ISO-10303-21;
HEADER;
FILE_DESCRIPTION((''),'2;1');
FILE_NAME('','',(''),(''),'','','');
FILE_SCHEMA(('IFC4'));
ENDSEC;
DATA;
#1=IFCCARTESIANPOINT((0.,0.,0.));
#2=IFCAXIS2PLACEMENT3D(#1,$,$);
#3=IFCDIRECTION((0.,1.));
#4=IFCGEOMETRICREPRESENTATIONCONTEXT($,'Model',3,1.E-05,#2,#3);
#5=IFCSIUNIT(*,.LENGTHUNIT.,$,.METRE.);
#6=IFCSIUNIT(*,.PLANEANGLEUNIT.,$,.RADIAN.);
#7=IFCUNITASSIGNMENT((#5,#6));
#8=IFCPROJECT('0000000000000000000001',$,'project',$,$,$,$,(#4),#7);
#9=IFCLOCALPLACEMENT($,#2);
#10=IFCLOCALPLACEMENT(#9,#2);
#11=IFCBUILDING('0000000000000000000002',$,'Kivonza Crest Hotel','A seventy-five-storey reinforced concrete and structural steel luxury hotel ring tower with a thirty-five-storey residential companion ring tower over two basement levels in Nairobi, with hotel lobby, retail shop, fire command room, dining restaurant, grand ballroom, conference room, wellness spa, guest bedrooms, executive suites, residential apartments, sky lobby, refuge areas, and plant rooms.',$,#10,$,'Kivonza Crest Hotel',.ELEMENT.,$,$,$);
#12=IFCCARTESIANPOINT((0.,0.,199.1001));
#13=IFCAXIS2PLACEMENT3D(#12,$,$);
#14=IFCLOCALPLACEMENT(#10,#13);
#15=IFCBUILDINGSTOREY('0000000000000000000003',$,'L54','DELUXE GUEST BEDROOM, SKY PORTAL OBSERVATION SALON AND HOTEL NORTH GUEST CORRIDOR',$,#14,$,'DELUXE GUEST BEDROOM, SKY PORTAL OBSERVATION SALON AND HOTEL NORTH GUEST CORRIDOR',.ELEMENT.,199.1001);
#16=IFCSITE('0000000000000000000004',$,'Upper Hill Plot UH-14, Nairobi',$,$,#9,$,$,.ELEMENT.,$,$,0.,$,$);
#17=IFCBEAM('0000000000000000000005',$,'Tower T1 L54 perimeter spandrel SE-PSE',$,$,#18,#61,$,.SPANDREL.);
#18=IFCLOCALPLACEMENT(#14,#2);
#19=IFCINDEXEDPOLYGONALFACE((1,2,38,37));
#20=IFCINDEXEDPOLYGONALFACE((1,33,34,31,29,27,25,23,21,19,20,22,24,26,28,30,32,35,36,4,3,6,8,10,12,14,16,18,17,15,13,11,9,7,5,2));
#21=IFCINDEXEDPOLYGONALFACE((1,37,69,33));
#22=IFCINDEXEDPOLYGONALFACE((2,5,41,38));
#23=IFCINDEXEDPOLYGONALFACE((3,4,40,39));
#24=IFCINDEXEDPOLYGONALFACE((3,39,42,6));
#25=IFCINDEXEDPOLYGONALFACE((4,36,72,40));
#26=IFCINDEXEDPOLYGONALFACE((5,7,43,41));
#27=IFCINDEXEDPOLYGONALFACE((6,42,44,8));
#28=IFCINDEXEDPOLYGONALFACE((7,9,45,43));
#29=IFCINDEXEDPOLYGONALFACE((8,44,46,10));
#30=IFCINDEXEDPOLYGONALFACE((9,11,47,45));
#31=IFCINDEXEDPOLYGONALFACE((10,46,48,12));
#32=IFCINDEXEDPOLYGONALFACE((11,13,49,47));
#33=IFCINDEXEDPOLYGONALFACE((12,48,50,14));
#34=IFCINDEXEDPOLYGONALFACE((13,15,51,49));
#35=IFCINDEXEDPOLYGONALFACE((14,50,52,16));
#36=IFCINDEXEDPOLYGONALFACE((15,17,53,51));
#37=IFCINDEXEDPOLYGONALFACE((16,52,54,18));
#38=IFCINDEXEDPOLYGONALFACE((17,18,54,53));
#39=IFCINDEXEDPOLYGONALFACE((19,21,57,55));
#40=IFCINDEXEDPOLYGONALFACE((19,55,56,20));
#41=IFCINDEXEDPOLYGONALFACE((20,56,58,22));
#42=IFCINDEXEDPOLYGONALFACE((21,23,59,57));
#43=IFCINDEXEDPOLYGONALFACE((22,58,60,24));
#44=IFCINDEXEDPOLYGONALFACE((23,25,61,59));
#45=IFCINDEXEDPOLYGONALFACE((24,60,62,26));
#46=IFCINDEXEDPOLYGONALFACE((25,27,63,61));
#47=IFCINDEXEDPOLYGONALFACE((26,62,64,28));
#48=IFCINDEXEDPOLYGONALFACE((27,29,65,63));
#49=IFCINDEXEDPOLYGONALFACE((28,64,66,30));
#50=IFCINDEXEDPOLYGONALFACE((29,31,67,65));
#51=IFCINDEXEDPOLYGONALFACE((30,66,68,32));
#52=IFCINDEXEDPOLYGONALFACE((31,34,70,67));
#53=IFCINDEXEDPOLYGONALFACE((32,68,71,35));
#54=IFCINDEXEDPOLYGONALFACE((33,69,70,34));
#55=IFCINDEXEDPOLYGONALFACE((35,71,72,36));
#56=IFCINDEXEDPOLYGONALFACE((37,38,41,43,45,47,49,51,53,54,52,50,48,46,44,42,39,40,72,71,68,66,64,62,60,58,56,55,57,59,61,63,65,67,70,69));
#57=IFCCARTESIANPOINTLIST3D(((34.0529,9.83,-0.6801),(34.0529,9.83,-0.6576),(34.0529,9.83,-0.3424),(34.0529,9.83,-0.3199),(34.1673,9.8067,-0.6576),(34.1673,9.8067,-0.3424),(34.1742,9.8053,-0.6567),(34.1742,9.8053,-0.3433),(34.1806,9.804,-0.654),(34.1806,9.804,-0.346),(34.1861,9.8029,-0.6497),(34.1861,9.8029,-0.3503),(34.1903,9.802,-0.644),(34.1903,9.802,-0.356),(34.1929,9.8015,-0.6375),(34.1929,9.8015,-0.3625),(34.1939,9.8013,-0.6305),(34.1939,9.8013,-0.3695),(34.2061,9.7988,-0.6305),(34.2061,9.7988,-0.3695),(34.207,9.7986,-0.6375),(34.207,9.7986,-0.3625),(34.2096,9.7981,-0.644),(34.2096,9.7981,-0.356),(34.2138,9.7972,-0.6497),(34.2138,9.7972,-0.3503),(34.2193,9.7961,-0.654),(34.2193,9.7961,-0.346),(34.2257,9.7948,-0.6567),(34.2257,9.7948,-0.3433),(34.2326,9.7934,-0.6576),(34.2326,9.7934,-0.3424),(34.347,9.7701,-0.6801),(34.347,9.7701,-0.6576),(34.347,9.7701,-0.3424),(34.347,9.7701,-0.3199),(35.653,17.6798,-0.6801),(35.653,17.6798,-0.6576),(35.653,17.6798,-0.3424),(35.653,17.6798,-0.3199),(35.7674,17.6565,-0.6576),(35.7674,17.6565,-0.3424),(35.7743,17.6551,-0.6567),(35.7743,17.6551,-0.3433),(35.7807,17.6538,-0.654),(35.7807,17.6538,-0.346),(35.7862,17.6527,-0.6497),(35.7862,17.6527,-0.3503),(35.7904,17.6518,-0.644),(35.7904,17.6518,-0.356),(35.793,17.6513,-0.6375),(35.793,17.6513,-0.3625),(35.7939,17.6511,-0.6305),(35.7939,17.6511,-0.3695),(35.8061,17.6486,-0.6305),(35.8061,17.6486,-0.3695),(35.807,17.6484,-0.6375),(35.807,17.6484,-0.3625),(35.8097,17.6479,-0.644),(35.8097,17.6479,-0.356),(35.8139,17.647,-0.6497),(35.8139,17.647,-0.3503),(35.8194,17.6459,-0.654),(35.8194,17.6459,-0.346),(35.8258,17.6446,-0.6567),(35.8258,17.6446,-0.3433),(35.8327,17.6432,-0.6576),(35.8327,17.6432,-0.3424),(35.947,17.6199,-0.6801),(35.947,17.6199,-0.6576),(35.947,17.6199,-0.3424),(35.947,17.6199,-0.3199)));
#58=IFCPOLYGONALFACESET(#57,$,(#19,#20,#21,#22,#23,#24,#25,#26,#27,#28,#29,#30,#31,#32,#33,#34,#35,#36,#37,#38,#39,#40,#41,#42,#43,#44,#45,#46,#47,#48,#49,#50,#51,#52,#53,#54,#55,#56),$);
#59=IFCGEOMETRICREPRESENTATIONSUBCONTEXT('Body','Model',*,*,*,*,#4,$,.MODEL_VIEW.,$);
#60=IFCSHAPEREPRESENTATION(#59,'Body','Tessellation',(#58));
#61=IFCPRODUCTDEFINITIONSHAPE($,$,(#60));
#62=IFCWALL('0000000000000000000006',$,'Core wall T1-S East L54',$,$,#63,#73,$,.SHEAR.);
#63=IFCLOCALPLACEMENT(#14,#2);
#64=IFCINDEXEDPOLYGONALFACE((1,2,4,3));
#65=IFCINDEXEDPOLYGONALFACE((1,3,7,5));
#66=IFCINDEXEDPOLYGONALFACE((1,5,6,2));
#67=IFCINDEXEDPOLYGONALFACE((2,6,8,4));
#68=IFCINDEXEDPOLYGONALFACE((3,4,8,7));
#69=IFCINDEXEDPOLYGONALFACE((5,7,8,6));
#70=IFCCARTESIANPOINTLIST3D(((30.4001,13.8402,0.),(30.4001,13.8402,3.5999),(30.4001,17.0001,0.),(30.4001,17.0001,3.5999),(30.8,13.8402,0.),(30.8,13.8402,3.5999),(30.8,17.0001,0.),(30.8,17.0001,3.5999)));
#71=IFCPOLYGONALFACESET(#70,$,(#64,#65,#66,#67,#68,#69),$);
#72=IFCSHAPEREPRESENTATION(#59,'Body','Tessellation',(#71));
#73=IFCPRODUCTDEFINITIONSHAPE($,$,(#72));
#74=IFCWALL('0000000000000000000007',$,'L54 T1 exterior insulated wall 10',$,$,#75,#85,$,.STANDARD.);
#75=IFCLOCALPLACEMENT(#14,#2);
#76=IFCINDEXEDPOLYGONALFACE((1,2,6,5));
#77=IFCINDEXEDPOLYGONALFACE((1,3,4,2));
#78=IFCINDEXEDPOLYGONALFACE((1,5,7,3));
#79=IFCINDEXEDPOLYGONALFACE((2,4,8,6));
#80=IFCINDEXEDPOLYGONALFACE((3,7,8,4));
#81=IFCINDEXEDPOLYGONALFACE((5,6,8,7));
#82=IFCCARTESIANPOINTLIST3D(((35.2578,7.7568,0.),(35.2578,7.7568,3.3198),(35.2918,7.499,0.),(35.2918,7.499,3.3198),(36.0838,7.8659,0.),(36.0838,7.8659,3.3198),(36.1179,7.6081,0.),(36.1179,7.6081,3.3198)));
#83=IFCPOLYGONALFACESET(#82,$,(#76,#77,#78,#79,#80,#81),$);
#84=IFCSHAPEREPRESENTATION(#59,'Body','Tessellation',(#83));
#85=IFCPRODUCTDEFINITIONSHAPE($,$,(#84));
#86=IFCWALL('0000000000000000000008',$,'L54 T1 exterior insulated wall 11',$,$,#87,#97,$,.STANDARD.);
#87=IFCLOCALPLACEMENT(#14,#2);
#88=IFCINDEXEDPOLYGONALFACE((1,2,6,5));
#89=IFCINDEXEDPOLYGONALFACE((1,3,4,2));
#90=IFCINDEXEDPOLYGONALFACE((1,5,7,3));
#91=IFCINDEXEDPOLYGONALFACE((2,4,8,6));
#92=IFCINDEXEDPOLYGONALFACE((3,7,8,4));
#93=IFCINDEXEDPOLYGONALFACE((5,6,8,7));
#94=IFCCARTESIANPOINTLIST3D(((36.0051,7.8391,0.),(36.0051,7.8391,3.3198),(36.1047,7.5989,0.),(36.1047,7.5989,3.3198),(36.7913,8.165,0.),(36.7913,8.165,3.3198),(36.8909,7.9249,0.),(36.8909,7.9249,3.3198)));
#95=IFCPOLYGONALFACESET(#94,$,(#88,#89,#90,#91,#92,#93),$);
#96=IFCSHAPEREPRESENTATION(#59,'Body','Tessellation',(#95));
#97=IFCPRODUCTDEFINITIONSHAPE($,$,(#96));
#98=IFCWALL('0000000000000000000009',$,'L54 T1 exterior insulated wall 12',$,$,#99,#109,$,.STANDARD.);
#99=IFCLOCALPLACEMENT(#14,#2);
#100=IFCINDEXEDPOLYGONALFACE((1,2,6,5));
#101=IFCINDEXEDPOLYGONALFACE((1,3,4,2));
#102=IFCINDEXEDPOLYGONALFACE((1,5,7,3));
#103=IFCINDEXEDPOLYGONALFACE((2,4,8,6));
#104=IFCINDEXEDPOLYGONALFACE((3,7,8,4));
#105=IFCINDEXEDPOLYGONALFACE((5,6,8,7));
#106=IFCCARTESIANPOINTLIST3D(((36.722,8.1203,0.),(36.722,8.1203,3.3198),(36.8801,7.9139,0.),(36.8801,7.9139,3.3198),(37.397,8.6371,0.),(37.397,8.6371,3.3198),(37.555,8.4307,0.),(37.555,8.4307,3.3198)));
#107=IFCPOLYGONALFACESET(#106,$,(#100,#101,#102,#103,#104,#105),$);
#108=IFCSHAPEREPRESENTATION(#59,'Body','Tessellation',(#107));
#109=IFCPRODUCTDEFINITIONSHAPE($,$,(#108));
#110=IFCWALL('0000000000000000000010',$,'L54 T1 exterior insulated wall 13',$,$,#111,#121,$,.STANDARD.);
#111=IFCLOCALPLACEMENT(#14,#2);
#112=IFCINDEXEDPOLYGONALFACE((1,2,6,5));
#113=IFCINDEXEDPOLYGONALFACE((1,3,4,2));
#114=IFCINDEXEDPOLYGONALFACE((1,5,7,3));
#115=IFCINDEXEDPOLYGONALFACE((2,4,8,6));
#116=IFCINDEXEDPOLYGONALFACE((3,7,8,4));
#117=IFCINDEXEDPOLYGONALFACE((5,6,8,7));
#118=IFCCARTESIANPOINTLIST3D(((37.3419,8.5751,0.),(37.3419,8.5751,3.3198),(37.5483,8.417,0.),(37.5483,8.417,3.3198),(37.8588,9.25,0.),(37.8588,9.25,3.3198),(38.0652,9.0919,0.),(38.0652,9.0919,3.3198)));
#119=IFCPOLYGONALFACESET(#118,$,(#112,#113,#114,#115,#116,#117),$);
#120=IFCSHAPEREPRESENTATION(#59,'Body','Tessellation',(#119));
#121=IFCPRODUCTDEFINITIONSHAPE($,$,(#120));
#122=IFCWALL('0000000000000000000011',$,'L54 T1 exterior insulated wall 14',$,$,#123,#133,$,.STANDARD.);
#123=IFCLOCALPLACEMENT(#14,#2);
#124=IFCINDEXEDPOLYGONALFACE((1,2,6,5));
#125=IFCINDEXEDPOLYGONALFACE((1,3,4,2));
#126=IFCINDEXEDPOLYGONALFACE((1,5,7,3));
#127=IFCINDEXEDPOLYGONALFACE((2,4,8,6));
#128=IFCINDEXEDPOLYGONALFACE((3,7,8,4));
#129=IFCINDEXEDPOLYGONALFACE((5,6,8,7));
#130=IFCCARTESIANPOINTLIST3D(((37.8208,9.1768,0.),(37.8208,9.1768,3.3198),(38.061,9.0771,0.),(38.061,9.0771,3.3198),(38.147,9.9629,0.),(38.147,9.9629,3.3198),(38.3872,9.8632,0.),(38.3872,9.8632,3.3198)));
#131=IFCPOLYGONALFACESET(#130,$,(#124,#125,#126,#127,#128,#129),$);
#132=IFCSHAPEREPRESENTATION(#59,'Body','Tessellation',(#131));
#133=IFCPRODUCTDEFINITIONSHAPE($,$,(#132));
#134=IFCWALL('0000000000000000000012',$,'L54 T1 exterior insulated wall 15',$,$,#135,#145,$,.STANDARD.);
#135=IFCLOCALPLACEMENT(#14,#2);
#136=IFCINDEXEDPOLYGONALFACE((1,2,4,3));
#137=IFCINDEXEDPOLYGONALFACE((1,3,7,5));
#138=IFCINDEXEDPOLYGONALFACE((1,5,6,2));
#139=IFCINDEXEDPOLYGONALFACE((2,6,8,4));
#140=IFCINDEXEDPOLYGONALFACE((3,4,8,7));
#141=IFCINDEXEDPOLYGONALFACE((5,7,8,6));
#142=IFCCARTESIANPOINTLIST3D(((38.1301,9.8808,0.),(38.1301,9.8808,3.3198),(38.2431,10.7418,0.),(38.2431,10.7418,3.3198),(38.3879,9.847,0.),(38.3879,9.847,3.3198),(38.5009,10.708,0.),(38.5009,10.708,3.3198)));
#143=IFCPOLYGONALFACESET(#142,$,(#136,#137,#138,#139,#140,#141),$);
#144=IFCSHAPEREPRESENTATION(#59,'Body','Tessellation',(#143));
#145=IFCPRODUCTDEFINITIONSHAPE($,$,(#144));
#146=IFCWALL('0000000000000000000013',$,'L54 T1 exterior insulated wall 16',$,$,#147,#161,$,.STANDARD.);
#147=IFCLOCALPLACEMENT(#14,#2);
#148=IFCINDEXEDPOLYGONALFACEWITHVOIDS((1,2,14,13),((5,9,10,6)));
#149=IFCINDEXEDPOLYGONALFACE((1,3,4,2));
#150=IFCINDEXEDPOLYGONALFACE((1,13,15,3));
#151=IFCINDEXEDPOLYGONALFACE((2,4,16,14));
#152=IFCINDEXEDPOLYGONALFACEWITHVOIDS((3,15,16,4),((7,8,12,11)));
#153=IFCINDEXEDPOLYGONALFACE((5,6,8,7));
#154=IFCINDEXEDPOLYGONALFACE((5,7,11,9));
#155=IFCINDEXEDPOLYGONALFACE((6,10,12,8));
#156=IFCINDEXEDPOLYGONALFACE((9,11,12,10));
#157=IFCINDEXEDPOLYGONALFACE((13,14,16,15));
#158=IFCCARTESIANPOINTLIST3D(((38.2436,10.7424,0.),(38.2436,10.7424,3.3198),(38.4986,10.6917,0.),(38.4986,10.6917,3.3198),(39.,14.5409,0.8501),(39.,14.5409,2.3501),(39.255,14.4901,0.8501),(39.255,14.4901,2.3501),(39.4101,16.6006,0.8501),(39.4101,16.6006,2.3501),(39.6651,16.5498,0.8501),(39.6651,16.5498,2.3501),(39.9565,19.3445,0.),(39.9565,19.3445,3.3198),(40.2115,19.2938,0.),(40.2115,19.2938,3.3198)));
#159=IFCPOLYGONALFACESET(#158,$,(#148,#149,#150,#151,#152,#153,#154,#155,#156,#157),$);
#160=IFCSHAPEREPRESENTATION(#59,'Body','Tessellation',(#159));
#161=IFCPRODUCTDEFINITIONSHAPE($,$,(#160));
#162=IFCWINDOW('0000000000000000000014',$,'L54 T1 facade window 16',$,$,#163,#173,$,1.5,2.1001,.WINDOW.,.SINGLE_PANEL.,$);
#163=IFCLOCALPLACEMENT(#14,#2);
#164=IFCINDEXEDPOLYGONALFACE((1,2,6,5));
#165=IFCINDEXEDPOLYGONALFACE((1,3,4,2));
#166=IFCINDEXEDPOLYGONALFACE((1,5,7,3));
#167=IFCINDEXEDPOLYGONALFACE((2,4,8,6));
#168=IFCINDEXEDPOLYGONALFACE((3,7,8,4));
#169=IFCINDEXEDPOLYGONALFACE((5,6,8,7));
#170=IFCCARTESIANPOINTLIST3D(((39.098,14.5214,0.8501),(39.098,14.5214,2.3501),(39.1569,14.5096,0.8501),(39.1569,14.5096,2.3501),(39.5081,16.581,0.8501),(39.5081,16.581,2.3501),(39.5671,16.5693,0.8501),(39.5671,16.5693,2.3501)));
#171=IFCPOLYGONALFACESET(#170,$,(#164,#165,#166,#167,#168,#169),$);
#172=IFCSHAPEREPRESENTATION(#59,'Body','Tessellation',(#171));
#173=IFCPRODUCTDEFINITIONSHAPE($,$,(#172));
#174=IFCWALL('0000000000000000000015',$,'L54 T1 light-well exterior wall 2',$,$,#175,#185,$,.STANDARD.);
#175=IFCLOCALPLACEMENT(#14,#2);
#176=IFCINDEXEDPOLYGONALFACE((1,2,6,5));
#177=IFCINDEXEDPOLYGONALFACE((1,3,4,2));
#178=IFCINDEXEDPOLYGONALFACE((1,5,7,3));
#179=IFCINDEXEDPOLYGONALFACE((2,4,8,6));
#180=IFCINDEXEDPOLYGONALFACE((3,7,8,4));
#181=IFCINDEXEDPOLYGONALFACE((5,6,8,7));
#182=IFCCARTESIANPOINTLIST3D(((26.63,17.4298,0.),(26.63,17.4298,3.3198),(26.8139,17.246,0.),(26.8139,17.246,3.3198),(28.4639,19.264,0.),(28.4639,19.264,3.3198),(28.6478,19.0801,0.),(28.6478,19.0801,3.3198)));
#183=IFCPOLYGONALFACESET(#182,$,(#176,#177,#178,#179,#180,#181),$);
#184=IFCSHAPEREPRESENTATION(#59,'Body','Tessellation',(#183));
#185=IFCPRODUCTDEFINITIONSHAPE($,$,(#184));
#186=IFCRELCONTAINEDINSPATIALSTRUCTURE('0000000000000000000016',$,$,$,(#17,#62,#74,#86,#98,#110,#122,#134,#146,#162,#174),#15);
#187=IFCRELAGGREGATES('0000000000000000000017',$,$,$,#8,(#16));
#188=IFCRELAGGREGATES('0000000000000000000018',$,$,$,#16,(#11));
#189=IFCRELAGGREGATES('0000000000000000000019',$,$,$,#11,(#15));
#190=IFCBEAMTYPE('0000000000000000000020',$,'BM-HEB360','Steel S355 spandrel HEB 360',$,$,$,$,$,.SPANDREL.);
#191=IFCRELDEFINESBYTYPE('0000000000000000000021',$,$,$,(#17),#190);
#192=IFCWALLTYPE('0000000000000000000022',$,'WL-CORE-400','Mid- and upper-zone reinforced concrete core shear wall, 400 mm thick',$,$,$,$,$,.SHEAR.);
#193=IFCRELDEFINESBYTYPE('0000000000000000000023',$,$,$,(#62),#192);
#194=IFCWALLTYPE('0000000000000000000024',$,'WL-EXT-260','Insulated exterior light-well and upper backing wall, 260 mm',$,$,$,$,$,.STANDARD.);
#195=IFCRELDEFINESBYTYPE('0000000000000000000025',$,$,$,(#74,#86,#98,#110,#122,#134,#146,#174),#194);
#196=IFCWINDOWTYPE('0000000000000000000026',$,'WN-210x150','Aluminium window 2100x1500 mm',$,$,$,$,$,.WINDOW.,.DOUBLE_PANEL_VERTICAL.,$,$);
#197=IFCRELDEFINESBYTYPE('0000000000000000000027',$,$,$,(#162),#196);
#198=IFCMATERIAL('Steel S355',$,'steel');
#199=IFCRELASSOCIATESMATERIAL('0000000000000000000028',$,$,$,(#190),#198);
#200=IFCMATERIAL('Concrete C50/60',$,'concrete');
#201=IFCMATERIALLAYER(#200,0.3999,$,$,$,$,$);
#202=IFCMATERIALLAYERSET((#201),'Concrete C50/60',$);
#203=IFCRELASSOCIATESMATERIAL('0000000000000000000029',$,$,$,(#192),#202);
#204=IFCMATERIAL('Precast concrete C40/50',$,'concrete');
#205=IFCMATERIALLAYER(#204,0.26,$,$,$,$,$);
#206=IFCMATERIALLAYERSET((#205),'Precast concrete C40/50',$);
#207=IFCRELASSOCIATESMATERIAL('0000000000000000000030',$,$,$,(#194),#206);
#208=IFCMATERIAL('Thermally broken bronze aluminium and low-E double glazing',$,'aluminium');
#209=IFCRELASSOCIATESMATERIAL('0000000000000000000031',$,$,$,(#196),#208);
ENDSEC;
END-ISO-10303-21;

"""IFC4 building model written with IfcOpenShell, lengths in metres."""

from ifc_helpers import new_model, si_unit, direction, frame, frame_2d, origin, origin_2d, place, context, subcontext, project, spatial, rectangle, i_section, extrude, material, layer, layer_set, material_profile, profile_set, type_object, element, fill, save


model = new_model("IFC4")

# Units and contexts
model_context = context("Model", 3, precision=1e-05, world=origin(), true_north=direction((0.0, 1.0)))
body_context = subcontext(model_context, "Body", "Model", "MODEL_VIEW")
ifc_project = project(units=[si_unit("LENGTHUNIT", "METRE"), si_unit("PLANEANGLEUNIT", "RADIAN")], contexts=[model_context])

# Site, building, storey
site_placement = place(None, origin())
site = spatial("IfcSite", under=ifc_project, at=site_placement, Name="Upper Hill Plot UH-14, Nairobi", CompositionType="ELEMENT", RefElevation=0.0)
building_placement = place(site_placement, origin())
building = spatial("IfcBuilding", under=site, at=building_placement, Name="Kivonza Crest Hotel", Description="A seventy-five-storey reinforced concrete and structural steel luxury hotel ring tower with a thirty-five-storey residential companion ring tower over two basement levels in Nairobi, with hotel lobby, retail shop, fire command room, dining restaurant, grand ballroom, conference room, wellness spa, guest bedrooms, executive suites, residential apartments, sky lobby, refuge areas, and plant rooms.", LongName="Kivonza Crest Hotel", CompositionType="ELEMENT")
storey_placement = place(building_placement, frame((0.0, 0.0, 199.1001)))
storey = spatial("IfcBuildingStorey", under=building, at=storey_placement, Name="L54", Description="DELUXE GUEST BEDROOM, SKY PORTAL OBSERVATION SALON AND HOTEL NORTH GUEST CORRIDOR", LongName="DELUXE GUEST BEDROOM, SKY PORTAL OBSERVATION SALON AND HOTEL NORTH GUEST CORRIDOR", CompositionType="ELEMENT", Elevation=199.1001)

# Shared definitions
ifc_material_1 = material(Name="Steel S355", Category="steel")

# Beam
ifc_material_profile_1 = material_profile(ifc_material_1, i_section(OverallWidth=0.3, OverallDepth=0.3601, WebThickness=0.0125, FlangeThickness=0.0225, FilletRadius=0.0271, at=origin_2d()), Name="HEB 360")
ifc_profile_set_1 = profile_set([ifc_material_profile_1], Name="Steel S355")
beam_type_1 = type_object("IfcBeamType", Name="BM-HEB360", Description="Steel S355 spandrel HEB 360", PredefinedType="SPANDREL", material=ifc_profile_set_1)
beam_1_placement = place(storey_placement, frame((34.2, 9.8, -0.5), z_axis=(0.199731, 0.979851, 0.0), x_axis=(-0.979851, 0.199731, 0.0)))
element("IfcBeam", 1, at=beam_1_placement, inside=storey, type_object=beam_type_1, Name="Tower T1 L54 perimeter spandrel SE-PSE", PredefinedType="SPANDREL", context=body_context, shape_type="SweptSolid", body=[
    extrude(i_section(OverallWidth=0.3, OverallDepth=0.3601, WebThickness=0.0125, FlangeThickness=0.0225, FilletRadius=0.0271, at=origin_2d()), origin(), (0.0, 0.0, 1.0), 8.0112),
])

# Walls
ifc_material_2 = material(Name="Concrete C50/60", Category="concrete")
ifc_layer_1 = layer(ifc_material_2, 0.3999)
ifc_layer_set_1 = layer_set([ifc_layer_1], Name="Concrete C50/60")
wall_type_1 = type_object("IfcWallType", Name="WL-CORE-400", Description="Mid- and upper-zone reinforced concrete core shear wall, 400 mm thick", PredefinedType="SHEAR", material=ifc_layer_set_1)
wall_1_placement = place(storey_placement, frame((30.6001, 13.8401, 0.0), z_axis=(0.0, 0.0, 1.0), x_axis=(0.0, 1.0, 0.0)))
element("IfcWall", 2, at=wall_1_placement, inside=storey, type_object=wall_type_1, Name="Core wall T1-S East L54", PredefinedType="SHEAR", context=body_context, shape_type="SweptSolid", body=[
    extrude(rectangle(XDim=3.1599, YDim=0.3999, at=frame_2d((1.5801, 0.0))), origin(), (0.0, 0.0, 1.0), 3.5999),
])
ifc_material_3 = material(Name="Precast concrete C40/50", Category="concrete")
ifc_layer_2 = layer(ifc_material_3, 0.26)
ifc_layer_set_2 = layer_set([ifc_layer_2], Name="Precast concrete C40/50")
wall_type_2 = type_object("IfcWallType", Name="WL-EXT-260", Description="Insulated exterior light-well and upper backing wall, 260 mm", PredefinedType="STANDARD", material=ifc_layer_set_2)
wall_2_placement = place(storey_placement, frame((35.2749, 7.6279, 0.0), z_axis=(0.0, 0.0, 1.0), x_axis=(0.991388, 0.130955, 0.0)))
element("IfcWall", 3, at=wall_2_placement, inside=storey, type_object=wall_type_2, Name="L54 T1 exterior insulated wall 10", PredefinedType="STANDARD", context=body_context, shape_type="SweptSolid", body=[
    extrude(rectangle(XDim=0.8333, YDim=0.26, at=frame_2d((0.4165, 0.0))), origin(), (0.0, 0.0, 1.0), 3.3198),
])
wall_3_placement = place(storey_placement, frame((36.0549, 7.719, 0.0), z_axis=(0.0, 0.0, 1.0), x_axis=(0.923754, 0.382985, 0.0)))
element("IfcWall", 4, at=wall_3_placement, inside=storey, type_object=wall_type_2, Name="L54 T1 exterior insulated wall 11", PredefinedType="STANDARD", context=body_context, shape_type="SweptSolid", body=[
    extrude(rectangle(XDim=0.8511, YDim=0.26, at=frame_2d((0.4255, 0.0))), origin(), (0.0, 0.0, 1.0), 3.3198),
])
for number, where, z_axis, x_axis, name in (
    (5, (36.801, 8.0171, 0.0), (0.0, 0.0, 1.0), (0.793999, 0.607919, 0.0), "L54 T1 exterior insulated wall 12"),
    (6, (37.4451, 8.4961, 0.0), (0.0, 0.0, 1.0), (0.608058, 0.793893, 0.0), "L54 T1 exterior insulated wall 13"),
):
    element("IfcWall", number, at=place(storey_placement, frame(where, z_axis=z_axis, x_axis=x_axis)), inside=storey, type_object=wall_type_2, Name=name, PredefinedType="STANDARD", context=body_context, shape_type="SweptSolid", body=[
        extrude(rectangle(XDim=0.8501, YDim=0.26, at=frame_2d((0.425, 0.0))), origin(), (0.0, 0.0, 1.0), 3.3198),
    ])
wall_4_placement = place(storey_placement, frame((37.9409, 9.127, 0.0), z_axis=(0.0, 0.0, 1.0), x_axis=(0.38323, 0.923653, 0.0)))
element("IfcWall", 7, at=wall_4_placement, inside=storey, type_object=wall_type_2, Name="L54 T1 exterior insulated wall 14", PredefinedType="STANDARD", context=body_context, shape_type="SweptSolid", body=[
    extrude(rectangle(XDim=0.8511, YDim=0.26, at=frame_2d((0.4255, 0.0))), origin(), (0.0, 0.0, 1.0), 3.3198),
])
wall_5_placement = place(storey_placement, frame((38.259, 9.864, 0.0), z_axis=(0.0, 0.0, 1.0), x_axis=(0.130156, 0.991493, 0.0)))
element("IfcWall", 8, at=wall_5_placement, inside=storey, type_object=wall_type_2, Name="L54 T1 exterior insulated wall 15", PredefinedType="STANDARD", context=body_context, shape_type="SweptSolid", body=[
    extrude(rectangle(XDim=0.8684, YDim=0.26, at=frame_2d((0.4341, 0.0))), origin(), (0.0, 0.0, 1.0), 3.3198),
])

# Wall, opening, window
wall_6_placement = place(storey_placement, frame((38.3711, 10.717, 0.0), z_axis=(0.0, 0.0, 1.0), x_axis=(0.195292, 0.980745, 0.0)))
wall_6 = element("IfcWall", 9, at=wall_6_placement, inside=storey, type_object=wall_type_2, Name="L54 T1 exterior insulated wall 16", PredefinedType="STANDARD", context=body_context, shape_type="SweptSolid", body=[
    extrude(rectangle(XDim=8.771, YDim=0.26, at=frame_2d((4.3855, 0.0))), origin(), (0.0, 0.0, 1.0), 3.3198),
])
opening_placement = place(wall_6_placement, frame((3.873, 0.0, 0.8501)))
opening = element("IfcOpeningElement", 10, at=opening_placement, cuts=wall_6, PredefinedType="OPENING", context=body_context, shape_type="SweptSolid", body=[
    extrude(rectangle(XDim=2.1001, YDim=1.5, at=frame_2d((1.05, 0.75))), frame((0.0, 0.1401, 0.0), z_axis=(0.0, -1.0, 0.0), x_axis=(1.0, 0.0, 0.0)), (0.0, 0.0, 1.0), 0.28),
])
ifc_material_4 = material(Name="Thermally broken bronze aluminium and low-E double glazing", Category="aluminium")
window_type = type_object("IfcWindowType", Name="WN-210x150", Description="Aluminium window 2100x1500 mm", PartitioningType="DOUBLE_PANEL_VERTICAL", PredefinedType="WINDOW", material=ifc_material_4)
window_placement = place(opening_placement, origin())
window = element("IfcWindow", 11, at=window_placement, inside=storey, type_object=window_type, Name="L54 T1 facade window 16", OverallHeight=1.5, OverallWidth=2.1001, PartitioningType="SINGLE_PANEL", PredefinedType="WINDOW", context=body_context, shape_type="SweptSolid", body=[
    extrude(rectangle(XDim=2.1001, YDim=1.5, at=frame_2d((1.05, 0.75))), frame((0.0, 0.03, 0.0), z_axis=(0.0, -1.0, 0.0), x_axis=(1.0, 0.0, 0.0)), (0.0, 0.0, 1.0), 0.0601),
])
fill(opening, window)

# Wall
wall_7_placement = place(storey_placement, frame((26.7219, 17.3379, 0.0), z_axis=(0.0, 0.0, 1.0), x_axis=(0.70706, 0.707154, 0.0)))
element("IfcWall", 12, at=wall_7_placement, inside=storey, type_object=wall_type_2, Name="L54 T1 light-well exterior wall 2", PredefinedType="STANDARD", context=body_context, shape_type="SweptSolid", body=[
    extrude(rectangle(XDim=2.5938, YDim=0.26, at=frame_2d((1.2969, 0.0))), origin(), (0.0, 0.0, 1.0), 3.3198),
])

save(model, "model.ifc")
